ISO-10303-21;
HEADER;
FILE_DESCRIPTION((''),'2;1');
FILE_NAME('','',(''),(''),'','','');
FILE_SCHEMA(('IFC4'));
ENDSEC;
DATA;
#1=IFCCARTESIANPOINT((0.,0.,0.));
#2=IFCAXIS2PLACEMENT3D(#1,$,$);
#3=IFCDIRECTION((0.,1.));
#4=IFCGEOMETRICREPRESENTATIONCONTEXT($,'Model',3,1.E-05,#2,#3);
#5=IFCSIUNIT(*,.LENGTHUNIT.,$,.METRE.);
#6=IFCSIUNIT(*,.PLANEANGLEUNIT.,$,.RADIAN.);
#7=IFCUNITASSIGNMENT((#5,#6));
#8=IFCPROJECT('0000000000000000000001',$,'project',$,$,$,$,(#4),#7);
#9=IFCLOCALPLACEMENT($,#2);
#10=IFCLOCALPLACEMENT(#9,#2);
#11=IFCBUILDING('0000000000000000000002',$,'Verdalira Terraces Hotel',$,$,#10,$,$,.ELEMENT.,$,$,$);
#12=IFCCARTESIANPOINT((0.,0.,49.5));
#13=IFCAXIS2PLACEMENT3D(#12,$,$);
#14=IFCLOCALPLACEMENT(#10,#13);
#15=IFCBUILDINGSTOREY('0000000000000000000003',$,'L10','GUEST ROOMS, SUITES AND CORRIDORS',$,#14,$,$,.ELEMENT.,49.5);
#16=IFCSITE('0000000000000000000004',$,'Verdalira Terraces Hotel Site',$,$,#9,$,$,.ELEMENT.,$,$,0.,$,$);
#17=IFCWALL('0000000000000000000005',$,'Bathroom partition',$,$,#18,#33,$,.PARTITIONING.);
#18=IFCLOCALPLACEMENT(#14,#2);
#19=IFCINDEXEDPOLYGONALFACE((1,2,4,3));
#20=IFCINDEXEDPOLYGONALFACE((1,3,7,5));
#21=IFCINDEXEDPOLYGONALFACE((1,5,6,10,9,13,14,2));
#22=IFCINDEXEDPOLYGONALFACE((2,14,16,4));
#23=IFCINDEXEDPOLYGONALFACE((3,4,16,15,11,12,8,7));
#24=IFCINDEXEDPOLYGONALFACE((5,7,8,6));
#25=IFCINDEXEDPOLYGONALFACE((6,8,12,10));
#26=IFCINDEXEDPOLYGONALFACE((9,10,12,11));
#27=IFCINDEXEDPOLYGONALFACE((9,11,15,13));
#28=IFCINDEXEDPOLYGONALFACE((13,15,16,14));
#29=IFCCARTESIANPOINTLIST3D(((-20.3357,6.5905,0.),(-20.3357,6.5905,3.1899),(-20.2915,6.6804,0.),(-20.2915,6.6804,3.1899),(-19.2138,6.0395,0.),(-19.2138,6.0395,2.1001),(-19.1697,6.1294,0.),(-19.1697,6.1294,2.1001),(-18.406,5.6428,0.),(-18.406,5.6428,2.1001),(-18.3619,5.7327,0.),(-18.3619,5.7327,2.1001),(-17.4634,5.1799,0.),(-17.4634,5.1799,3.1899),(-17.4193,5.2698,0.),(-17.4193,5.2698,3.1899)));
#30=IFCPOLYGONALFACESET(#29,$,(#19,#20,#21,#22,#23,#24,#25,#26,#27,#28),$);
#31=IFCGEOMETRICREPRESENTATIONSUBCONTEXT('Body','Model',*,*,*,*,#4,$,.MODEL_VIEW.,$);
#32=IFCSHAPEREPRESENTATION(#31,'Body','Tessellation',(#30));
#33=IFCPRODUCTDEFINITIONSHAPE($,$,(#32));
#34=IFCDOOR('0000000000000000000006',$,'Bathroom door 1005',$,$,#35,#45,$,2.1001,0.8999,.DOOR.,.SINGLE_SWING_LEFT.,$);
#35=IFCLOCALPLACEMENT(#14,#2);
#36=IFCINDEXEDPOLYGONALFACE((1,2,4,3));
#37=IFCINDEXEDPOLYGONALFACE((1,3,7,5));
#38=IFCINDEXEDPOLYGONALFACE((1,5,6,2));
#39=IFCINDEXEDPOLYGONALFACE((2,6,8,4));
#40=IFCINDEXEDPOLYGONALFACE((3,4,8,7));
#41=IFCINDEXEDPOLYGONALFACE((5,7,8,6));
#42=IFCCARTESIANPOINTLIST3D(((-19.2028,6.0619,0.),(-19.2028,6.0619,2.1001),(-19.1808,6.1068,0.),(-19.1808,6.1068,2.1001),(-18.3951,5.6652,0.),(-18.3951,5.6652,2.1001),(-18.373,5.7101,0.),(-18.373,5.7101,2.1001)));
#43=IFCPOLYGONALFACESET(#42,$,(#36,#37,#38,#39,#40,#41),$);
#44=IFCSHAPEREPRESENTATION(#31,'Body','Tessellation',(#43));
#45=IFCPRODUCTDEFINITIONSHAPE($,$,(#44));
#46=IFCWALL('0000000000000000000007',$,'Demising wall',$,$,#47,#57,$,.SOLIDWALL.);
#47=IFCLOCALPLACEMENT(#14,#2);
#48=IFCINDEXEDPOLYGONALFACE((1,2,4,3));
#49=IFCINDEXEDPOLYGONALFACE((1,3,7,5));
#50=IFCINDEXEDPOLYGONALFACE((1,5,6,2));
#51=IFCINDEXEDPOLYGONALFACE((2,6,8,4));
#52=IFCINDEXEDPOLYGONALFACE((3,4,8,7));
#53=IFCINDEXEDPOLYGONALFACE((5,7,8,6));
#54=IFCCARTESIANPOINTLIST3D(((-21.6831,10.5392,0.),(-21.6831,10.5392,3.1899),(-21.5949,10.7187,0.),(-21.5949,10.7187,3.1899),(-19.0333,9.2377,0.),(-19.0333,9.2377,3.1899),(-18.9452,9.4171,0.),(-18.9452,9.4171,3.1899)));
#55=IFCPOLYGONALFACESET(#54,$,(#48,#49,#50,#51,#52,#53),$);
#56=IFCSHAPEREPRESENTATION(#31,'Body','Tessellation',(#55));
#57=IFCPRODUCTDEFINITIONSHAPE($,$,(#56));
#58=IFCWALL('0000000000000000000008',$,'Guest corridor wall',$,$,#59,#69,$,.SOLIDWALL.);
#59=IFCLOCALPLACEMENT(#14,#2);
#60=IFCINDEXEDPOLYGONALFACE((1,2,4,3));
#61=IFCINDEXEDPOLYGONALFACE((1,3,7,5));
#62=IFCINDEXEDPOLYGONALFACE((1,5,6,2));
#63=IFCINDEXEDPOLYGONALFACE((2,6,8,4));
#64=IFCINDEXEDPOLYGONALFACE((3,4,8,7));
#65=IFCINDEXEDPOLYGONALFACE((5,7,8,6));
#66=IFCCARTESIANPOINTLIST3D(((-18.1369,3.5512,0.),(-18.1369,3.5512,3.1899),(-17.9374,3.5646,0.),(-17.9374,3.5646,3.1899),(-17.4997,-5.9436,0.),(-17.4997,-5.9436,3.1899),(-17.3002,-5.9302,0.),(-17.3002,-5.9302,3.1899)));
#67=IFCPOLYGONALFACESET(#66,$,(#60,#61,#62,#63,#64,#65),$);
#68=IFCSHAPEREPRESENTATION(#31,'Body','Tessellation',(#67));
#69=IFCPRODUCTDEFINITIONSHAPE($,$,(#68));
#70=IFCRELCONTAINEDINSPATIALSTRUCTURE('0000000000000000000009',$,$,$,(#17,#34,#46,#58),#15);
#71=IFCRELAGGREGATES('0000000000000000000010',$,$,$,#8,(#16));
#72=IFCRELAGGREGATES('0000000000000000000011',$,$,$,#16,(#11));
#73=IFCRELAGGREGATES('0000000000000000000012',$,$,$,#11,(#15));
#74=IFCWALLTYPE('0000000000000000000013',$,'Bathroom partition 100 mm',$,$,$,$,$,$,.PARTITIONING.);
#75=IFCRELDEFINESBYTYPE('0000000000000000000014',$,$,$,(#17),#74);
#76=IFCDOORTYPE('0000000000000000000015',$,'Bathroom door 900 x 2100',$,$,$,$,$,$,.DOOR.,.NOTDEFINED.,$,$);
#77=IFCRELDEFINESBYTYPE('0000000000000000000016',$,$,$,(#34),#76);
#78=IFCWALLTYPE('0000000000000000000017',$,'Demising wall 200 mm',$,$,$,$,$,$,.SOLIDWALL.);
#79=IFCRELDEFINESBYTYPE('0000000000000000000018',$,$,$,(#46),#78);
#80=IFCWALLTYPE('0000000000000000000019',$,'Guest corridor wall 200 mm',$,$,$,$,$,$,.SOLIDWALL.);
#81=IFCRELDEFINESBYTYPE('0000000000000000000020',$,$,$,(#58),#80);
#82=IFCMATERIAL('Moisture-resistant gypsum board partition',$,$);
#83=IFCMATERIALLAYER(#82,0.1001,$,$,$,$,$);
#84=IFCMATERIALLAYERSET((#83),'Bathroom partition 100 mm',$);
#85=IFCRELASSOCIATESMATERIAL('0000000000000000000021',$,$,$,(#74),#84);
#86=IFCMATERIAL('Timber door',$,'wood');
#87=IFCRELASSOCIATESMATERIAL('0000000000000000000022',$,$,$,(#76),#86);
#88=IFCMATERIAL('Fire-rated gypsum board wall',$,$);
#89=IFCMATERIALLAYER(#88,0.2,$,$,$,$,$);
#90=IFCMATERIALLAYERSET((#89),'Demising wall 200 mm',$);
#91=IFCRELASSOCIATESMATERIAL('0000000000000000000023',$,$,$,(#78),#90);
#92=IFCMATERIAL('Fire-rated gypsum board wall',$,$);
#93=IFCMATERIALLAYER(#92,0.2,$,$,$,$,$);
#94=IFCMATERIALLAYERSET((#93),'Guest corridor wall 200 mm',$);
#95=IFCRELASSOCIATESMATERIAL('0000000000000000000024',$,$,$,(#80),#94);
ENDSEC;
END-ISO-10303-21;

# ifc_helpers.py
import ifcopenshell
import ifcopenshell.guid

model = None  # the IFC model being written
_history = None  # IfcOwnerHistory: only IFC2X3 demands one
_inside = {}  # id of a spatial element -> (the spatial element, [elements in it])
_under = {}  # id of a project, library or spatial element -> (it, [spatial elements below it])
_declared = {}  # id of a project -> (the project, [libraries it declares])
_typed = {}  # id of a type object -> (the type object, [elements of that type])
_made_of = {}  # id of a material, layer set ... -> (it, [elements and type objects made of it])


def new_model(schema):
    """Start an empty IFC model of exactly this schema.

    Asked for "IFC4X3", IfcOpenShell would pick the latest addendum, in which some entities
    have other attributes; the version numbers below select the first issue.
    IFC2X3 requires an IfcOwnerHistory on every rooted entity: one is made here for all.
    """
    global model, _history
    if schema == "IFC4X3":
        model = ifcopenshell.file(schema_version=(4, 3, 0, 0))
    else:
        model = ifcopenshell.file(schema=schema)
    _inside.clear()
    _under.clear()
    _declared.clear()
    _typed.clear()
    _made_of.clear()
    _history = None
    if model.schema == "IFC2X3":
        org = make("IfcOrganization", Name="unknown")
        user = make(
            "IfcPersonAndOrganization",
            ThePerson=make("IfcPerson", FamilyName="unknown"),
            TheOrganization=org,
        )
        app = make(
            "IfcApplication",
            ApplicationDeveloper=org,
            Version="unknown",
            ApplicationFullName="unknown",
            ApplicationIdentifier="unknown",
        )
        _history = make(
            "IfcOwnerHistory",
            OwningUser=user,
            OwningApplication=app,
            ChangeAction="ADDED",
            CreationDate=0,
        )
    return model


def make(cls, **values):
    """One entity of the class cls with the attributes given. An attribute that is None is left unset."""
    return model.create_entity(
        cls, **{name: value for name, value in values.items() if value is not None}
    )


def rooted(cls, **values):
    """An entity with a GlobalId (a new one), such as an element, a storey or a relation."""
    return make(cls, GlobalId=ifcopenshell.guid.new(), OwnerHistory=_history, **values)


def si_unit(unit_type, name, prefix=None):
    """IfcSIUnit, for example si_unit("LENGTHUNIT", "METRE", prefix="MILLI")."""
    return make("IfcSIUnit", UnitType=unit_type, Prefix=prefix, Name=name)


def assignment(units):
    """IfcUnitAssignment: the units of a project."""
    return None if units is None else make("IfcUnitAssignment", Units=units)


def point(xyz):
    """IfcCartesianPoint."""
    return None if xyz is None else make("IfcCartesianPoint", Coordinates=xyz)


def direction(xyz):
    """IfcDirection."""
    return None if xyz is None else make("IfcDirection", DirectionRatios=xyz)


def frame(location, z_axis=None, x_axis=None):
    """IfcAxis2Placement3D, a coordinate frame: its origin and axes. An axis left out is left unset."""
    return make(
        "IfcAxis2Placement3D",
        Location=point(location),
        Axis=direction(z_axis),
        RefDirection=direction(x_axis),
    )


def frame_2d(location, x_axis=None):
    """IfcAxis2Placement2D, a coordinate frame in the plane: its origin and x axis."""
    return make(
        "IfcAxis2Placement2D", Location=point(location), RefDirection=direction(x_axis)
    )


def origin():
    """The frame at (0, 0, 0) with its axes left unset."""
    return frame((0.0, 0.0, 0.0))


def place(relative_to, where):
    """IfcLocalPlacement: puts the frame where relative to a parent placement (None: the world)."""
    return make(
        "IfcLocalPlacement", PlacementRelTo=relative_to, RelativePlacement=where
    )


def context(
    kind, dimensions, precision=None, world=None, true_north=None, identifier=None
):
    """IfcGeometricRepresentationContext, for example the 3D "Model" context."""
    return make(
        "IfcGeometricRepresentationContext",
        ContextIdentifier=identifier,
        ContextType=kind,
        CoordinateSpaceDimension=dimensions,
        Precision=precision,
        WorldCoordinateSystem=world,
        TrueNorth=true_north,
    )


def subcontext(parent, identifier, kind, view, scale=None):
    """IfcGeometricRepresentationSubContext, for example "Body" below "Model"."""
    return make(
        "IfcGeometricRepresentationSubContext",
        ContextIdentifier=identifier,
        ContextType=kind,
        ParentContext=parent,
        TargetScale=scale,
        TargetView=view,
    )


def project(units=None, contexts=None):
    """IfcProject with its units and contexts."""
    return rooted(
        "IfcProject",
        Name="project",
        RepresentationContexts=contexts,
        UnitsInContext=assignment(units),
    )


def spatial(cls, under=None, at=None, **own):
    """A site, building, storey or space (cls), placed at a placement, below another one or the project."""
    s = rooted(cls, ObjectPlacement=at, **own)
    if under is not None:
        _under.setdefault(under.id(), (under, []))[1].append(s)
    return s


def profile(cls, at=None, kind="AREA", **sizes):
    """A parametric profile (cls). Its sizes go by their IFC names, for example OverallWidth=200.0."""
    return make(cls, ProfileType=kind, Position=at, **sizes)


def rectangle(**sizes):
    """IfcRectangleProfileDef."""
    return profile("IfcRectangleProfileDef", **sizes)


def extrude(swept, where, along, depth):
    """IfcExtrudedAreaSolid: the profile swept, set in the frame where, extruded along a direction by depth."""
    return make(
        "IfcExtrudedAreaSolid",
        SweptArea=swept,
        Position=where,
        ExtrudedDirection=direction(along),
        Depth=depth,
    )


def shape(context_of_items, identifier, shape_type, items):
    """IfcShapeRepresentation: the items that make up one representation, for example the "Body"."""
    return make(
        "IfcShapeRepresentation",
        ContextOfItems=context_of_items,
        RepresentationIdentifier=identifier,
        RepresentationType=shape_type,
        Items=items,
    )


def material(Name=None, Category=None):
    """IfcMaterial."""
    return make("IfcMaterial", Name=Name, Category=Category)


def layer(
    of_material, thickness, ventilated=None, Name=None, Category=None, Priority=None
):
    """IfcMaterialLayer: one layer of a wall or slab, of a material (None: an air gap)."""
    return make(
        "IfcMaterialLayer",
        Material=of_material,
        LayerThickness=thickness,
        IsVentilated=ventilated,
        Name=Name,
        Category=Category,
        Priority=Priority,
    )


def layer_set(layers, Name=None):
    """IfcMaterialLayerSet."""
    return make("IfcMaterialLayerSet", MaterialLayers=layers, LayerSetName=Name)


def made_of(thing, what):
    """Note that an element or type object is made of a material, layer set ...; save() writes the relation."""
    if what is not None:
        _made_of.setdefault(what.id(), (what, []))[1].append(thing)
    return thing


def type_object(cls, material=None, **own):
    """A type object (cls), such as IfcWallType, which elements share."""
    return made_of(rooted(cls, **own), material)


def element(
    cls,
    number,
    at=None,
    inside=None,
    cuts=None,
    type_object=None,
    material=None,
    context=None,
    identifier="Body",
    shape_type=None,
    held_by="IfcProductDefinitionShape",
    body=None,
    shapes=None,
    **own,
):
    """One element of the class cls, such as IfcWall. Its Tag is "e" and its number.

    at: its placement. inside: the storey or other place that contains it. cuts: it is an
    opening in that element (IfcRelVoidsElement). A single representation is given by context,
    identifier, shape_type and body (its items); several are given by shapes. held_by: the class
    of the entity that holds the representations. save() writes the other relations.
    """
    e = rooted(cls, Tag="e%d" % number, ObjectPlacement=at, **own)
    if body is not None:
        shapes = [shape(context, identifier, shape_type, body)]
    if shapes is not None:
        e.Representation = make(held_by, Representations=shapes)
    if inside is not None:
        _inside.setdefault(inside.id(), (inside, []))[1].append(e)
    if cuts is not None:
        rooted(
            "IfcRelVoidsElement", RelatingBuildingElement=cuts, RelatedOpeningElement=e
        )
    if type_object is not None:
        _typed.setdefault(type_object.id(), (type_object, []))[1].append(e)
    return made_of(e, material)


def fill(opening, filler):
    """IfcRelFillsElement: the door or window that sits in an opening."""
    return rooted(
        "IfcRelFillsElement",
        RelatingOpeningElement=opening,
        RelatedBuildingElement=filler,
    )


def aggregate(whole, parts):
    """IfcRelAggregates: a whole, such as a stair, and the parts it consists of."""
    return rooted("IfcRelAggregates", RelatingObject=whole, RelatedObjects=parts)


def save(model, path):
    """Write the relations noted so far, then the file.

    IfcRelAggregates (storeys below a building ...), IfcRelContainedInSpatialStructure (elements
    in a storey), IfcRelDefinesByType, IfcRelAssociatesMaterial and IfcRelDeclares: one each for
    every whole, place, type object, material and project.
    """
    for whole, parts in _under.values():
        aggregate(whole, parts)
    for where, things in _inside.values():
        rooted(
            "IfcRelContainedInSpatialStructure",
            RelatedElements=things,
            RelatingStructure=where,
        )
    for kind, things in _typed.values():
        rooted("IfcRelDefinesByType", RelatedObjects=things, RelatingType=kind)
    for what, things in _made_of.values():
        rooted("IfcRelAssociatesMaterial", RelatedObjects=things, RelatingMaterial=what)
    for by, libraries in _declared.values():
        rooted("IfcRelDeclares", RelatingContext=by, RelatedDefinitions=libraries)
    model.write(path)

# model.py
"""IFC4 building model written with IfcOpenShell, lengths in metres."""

from ifc_helpers import new_model, si_unit, direction, frame, frame_2d, origin, place, context, subcontext, project, spatial, rectangle, extrude, material, layer, layer_set, type_object, element, fill, save


model = new_model("IFC4")

# Units and contexts
model_context = context("Model", 3, precision=1e-05, world=origin(), true_north=direction((0.0, 1.0)))
body_context = subcontext(model_context, "Body", "Model", "MODEL_VIEW")
ifc_project = project(units=[si_unit("LENGTHUNIT", "METRE"), si_unit("PLANEANGLEUNIT", "RADIAN")], contexts=[model_context])

# Site, building, storey
site_placement = place(None, origin())
site = spatial("IfcSite", under=ifc_project, at=site_placement, Name="Verdalira Terraces Hotel Site", CompositionType="ELEMENT", RefElevation=0.0)
building_placement = place(site_placement, origin())
building = spatial("IfcBuilding", under=site, at=building_placement, Name="Verdalira Terraces Hotel", CompositionType="ELEMENT")
storey_placement = place(building_placement, frame((0.0, 0.0, 49.5)))
storey = spatial("IfcBuildingStorey", under=building, at=storey_placement, Name="L10", Description="GUEST ROOMS, SUITES AND CORRIDORS", CompositionType="ELEMENT", Elevation=49.5)

# Shared definitions
ifc_material_1 = material(Name="Moisture-resistant gypsum board partition")
ifc_layer_1 = layer(ifc_material_1, 0.1001)
ifc_layer_set_1 = layer_set([ifc_layer_1], Name="Bathroom partition 100 mm")
wall_type_1 = type_object("IfcWallType", Name="Bathroom partition 100 mm", PredefinedType="PARTITIONING", material=ifc_layer_set_1)

# Wall, opening, door
wall_1_placement = place(storey_placement, frame((-20.3137, 6.6355, 0.0), z_axis=(0.0, 0.0, 1.0), x_axis=(0.897594, -0.440824, 0.0)))
wall_1 = element("IfcWall", 1, at=wall_1_placement, inside=storey, type_object=wall_type_1, Name="Bathroom partition", PredefinedType="PARTITIONING", context=body_context, shape_type="SweptSolid", body=[
    extrude(rectangle(XDim=3.2, YDim=0.1001, at=frame_2d((1.6001, 0.0))), origin(), (0.0, 0.0, 1.0), 3.1899),
])
opening_1_placement = place(wall_1_placement, frame((1.25, 0.0, 0.0)))
opening_1 = element("IfcOpeningElement", 2, at=opening_1_placement, cuts=wall_1, PredefinedType="OPENING", context=body_context, shape_type="SweptSolid", body=[
    extrude(rectangle(XDim=0.8999, YDim=2.1001, at=frame_2d((0.45, 1.05))), frame((0.0, 0.0601, 0.0), z_axis=(0.0, -1.0, 0.0), x_axis=(1.0, 0.0, 0.0)), (0.0, 0.0, 1.0), 0.1201),
])
ifc_material_2 = material(Name="Timber door", Category="wood")
door_type_1 = type_object("IfcDoorType", Name="Bathroom door 900 x 2100", OperationType="NOTDEFINED", PredefinedType="DOOR", material=ifc_material_2)
door_1_placement = place(opening_1_placement, origin())
door_1 = element("IfcDoor", 3, at=door_1_placement, inside=storey, type_object=door_type_1, Name="Bathroom door 1005", OperationType="SINGLE_SWING_LEFT", OverallHeight=2.1001, OverallWidth=0.8999, PredefinedType="DOOR", context=body_context, shape_type="SweptSolid", body=[
    extrude(rectangle(XDim=0.8999, YDim=2.1001, at=frame_2d((0.45, 1.05))), frame((0.0, 0.0249, 0.0), z_axis=(0.0, -1.0, 0.0), x_axis=(1.0, 0.0, 0.0)), (0.0, 0.0, 1.0), 0.05),
])
fill(opening_1, door_1)

# Walls
ifc_material_3 = material(Name="Fire-rated gypsum board wall")
ifc_layer_2 = layer(ifc_material_3, 0.2)
ifc_layer_set_2 = layer_set([ifc_layer_2], Name="Demising wall 200 mm")
wall_type_2 = type_object("IfcWallType", Name="Demising wall 200 mm", PredefinedType="SOLIDWALL", material=ifc_layer_set_2)
wall_2_placement = place(storey_placement, frame((-18.9893, 9.3274, 0.0), z_axis=(0.0, 0.0, 1.0), x_axis=(-0.897564, 0.440884, 0.0)))
element("IfcWall", 4, at=wall_2_placement, inside=storey, type_object=wall_type_2, Name="Demising wall", PredefinedType="SOLIDWALL", context=body_context, shape_type="SweptSolid", body=[
    extrude(rectangle(XDim=2.9521, YDim=0.2, at=frame_2d((1.4761, 0.0))), origin(), (0.0, 0.0, 1.0), 3.1899),
])
ifc_material_4 = material(Name="Fire-rated gypsum board wall")
ifc_layer_3 = layer(ifc_material_4, 0.2)
ifc_layer_set_3 = layer_set([ifc_layer_3], Name="Guest corridor wall 200 mm")
wall_type_3 = type_object("IfcWallType", Name="Guest corridor wall 200 mm", PredefinedType="SOLIDWALL", material=ifc_layer_set_3)
wall_3_placement = place(storey_placement, frame((-18.0371, 3.5579, 0.0), z_axis=(0.0, 0.0, 1.0), x_axis=(0.06696, -0.997756, 0.0)))
element("IfcWall", 5, at=wall_3_placement, inside=storey, type_object=wall_type_3, Name="Guest corridor wall", PredefinedType="SOLIDWALL", context=body_context, shape_type="SweptSolid", body=[
    extrude(rectangle(XDim=9.5161, YDim=0.2, at=frame_2d((4.7581, 0.0))), origin(), (0.0, 0.0, 1.0), 3.1899),
])

save(model, "model.ifc")
